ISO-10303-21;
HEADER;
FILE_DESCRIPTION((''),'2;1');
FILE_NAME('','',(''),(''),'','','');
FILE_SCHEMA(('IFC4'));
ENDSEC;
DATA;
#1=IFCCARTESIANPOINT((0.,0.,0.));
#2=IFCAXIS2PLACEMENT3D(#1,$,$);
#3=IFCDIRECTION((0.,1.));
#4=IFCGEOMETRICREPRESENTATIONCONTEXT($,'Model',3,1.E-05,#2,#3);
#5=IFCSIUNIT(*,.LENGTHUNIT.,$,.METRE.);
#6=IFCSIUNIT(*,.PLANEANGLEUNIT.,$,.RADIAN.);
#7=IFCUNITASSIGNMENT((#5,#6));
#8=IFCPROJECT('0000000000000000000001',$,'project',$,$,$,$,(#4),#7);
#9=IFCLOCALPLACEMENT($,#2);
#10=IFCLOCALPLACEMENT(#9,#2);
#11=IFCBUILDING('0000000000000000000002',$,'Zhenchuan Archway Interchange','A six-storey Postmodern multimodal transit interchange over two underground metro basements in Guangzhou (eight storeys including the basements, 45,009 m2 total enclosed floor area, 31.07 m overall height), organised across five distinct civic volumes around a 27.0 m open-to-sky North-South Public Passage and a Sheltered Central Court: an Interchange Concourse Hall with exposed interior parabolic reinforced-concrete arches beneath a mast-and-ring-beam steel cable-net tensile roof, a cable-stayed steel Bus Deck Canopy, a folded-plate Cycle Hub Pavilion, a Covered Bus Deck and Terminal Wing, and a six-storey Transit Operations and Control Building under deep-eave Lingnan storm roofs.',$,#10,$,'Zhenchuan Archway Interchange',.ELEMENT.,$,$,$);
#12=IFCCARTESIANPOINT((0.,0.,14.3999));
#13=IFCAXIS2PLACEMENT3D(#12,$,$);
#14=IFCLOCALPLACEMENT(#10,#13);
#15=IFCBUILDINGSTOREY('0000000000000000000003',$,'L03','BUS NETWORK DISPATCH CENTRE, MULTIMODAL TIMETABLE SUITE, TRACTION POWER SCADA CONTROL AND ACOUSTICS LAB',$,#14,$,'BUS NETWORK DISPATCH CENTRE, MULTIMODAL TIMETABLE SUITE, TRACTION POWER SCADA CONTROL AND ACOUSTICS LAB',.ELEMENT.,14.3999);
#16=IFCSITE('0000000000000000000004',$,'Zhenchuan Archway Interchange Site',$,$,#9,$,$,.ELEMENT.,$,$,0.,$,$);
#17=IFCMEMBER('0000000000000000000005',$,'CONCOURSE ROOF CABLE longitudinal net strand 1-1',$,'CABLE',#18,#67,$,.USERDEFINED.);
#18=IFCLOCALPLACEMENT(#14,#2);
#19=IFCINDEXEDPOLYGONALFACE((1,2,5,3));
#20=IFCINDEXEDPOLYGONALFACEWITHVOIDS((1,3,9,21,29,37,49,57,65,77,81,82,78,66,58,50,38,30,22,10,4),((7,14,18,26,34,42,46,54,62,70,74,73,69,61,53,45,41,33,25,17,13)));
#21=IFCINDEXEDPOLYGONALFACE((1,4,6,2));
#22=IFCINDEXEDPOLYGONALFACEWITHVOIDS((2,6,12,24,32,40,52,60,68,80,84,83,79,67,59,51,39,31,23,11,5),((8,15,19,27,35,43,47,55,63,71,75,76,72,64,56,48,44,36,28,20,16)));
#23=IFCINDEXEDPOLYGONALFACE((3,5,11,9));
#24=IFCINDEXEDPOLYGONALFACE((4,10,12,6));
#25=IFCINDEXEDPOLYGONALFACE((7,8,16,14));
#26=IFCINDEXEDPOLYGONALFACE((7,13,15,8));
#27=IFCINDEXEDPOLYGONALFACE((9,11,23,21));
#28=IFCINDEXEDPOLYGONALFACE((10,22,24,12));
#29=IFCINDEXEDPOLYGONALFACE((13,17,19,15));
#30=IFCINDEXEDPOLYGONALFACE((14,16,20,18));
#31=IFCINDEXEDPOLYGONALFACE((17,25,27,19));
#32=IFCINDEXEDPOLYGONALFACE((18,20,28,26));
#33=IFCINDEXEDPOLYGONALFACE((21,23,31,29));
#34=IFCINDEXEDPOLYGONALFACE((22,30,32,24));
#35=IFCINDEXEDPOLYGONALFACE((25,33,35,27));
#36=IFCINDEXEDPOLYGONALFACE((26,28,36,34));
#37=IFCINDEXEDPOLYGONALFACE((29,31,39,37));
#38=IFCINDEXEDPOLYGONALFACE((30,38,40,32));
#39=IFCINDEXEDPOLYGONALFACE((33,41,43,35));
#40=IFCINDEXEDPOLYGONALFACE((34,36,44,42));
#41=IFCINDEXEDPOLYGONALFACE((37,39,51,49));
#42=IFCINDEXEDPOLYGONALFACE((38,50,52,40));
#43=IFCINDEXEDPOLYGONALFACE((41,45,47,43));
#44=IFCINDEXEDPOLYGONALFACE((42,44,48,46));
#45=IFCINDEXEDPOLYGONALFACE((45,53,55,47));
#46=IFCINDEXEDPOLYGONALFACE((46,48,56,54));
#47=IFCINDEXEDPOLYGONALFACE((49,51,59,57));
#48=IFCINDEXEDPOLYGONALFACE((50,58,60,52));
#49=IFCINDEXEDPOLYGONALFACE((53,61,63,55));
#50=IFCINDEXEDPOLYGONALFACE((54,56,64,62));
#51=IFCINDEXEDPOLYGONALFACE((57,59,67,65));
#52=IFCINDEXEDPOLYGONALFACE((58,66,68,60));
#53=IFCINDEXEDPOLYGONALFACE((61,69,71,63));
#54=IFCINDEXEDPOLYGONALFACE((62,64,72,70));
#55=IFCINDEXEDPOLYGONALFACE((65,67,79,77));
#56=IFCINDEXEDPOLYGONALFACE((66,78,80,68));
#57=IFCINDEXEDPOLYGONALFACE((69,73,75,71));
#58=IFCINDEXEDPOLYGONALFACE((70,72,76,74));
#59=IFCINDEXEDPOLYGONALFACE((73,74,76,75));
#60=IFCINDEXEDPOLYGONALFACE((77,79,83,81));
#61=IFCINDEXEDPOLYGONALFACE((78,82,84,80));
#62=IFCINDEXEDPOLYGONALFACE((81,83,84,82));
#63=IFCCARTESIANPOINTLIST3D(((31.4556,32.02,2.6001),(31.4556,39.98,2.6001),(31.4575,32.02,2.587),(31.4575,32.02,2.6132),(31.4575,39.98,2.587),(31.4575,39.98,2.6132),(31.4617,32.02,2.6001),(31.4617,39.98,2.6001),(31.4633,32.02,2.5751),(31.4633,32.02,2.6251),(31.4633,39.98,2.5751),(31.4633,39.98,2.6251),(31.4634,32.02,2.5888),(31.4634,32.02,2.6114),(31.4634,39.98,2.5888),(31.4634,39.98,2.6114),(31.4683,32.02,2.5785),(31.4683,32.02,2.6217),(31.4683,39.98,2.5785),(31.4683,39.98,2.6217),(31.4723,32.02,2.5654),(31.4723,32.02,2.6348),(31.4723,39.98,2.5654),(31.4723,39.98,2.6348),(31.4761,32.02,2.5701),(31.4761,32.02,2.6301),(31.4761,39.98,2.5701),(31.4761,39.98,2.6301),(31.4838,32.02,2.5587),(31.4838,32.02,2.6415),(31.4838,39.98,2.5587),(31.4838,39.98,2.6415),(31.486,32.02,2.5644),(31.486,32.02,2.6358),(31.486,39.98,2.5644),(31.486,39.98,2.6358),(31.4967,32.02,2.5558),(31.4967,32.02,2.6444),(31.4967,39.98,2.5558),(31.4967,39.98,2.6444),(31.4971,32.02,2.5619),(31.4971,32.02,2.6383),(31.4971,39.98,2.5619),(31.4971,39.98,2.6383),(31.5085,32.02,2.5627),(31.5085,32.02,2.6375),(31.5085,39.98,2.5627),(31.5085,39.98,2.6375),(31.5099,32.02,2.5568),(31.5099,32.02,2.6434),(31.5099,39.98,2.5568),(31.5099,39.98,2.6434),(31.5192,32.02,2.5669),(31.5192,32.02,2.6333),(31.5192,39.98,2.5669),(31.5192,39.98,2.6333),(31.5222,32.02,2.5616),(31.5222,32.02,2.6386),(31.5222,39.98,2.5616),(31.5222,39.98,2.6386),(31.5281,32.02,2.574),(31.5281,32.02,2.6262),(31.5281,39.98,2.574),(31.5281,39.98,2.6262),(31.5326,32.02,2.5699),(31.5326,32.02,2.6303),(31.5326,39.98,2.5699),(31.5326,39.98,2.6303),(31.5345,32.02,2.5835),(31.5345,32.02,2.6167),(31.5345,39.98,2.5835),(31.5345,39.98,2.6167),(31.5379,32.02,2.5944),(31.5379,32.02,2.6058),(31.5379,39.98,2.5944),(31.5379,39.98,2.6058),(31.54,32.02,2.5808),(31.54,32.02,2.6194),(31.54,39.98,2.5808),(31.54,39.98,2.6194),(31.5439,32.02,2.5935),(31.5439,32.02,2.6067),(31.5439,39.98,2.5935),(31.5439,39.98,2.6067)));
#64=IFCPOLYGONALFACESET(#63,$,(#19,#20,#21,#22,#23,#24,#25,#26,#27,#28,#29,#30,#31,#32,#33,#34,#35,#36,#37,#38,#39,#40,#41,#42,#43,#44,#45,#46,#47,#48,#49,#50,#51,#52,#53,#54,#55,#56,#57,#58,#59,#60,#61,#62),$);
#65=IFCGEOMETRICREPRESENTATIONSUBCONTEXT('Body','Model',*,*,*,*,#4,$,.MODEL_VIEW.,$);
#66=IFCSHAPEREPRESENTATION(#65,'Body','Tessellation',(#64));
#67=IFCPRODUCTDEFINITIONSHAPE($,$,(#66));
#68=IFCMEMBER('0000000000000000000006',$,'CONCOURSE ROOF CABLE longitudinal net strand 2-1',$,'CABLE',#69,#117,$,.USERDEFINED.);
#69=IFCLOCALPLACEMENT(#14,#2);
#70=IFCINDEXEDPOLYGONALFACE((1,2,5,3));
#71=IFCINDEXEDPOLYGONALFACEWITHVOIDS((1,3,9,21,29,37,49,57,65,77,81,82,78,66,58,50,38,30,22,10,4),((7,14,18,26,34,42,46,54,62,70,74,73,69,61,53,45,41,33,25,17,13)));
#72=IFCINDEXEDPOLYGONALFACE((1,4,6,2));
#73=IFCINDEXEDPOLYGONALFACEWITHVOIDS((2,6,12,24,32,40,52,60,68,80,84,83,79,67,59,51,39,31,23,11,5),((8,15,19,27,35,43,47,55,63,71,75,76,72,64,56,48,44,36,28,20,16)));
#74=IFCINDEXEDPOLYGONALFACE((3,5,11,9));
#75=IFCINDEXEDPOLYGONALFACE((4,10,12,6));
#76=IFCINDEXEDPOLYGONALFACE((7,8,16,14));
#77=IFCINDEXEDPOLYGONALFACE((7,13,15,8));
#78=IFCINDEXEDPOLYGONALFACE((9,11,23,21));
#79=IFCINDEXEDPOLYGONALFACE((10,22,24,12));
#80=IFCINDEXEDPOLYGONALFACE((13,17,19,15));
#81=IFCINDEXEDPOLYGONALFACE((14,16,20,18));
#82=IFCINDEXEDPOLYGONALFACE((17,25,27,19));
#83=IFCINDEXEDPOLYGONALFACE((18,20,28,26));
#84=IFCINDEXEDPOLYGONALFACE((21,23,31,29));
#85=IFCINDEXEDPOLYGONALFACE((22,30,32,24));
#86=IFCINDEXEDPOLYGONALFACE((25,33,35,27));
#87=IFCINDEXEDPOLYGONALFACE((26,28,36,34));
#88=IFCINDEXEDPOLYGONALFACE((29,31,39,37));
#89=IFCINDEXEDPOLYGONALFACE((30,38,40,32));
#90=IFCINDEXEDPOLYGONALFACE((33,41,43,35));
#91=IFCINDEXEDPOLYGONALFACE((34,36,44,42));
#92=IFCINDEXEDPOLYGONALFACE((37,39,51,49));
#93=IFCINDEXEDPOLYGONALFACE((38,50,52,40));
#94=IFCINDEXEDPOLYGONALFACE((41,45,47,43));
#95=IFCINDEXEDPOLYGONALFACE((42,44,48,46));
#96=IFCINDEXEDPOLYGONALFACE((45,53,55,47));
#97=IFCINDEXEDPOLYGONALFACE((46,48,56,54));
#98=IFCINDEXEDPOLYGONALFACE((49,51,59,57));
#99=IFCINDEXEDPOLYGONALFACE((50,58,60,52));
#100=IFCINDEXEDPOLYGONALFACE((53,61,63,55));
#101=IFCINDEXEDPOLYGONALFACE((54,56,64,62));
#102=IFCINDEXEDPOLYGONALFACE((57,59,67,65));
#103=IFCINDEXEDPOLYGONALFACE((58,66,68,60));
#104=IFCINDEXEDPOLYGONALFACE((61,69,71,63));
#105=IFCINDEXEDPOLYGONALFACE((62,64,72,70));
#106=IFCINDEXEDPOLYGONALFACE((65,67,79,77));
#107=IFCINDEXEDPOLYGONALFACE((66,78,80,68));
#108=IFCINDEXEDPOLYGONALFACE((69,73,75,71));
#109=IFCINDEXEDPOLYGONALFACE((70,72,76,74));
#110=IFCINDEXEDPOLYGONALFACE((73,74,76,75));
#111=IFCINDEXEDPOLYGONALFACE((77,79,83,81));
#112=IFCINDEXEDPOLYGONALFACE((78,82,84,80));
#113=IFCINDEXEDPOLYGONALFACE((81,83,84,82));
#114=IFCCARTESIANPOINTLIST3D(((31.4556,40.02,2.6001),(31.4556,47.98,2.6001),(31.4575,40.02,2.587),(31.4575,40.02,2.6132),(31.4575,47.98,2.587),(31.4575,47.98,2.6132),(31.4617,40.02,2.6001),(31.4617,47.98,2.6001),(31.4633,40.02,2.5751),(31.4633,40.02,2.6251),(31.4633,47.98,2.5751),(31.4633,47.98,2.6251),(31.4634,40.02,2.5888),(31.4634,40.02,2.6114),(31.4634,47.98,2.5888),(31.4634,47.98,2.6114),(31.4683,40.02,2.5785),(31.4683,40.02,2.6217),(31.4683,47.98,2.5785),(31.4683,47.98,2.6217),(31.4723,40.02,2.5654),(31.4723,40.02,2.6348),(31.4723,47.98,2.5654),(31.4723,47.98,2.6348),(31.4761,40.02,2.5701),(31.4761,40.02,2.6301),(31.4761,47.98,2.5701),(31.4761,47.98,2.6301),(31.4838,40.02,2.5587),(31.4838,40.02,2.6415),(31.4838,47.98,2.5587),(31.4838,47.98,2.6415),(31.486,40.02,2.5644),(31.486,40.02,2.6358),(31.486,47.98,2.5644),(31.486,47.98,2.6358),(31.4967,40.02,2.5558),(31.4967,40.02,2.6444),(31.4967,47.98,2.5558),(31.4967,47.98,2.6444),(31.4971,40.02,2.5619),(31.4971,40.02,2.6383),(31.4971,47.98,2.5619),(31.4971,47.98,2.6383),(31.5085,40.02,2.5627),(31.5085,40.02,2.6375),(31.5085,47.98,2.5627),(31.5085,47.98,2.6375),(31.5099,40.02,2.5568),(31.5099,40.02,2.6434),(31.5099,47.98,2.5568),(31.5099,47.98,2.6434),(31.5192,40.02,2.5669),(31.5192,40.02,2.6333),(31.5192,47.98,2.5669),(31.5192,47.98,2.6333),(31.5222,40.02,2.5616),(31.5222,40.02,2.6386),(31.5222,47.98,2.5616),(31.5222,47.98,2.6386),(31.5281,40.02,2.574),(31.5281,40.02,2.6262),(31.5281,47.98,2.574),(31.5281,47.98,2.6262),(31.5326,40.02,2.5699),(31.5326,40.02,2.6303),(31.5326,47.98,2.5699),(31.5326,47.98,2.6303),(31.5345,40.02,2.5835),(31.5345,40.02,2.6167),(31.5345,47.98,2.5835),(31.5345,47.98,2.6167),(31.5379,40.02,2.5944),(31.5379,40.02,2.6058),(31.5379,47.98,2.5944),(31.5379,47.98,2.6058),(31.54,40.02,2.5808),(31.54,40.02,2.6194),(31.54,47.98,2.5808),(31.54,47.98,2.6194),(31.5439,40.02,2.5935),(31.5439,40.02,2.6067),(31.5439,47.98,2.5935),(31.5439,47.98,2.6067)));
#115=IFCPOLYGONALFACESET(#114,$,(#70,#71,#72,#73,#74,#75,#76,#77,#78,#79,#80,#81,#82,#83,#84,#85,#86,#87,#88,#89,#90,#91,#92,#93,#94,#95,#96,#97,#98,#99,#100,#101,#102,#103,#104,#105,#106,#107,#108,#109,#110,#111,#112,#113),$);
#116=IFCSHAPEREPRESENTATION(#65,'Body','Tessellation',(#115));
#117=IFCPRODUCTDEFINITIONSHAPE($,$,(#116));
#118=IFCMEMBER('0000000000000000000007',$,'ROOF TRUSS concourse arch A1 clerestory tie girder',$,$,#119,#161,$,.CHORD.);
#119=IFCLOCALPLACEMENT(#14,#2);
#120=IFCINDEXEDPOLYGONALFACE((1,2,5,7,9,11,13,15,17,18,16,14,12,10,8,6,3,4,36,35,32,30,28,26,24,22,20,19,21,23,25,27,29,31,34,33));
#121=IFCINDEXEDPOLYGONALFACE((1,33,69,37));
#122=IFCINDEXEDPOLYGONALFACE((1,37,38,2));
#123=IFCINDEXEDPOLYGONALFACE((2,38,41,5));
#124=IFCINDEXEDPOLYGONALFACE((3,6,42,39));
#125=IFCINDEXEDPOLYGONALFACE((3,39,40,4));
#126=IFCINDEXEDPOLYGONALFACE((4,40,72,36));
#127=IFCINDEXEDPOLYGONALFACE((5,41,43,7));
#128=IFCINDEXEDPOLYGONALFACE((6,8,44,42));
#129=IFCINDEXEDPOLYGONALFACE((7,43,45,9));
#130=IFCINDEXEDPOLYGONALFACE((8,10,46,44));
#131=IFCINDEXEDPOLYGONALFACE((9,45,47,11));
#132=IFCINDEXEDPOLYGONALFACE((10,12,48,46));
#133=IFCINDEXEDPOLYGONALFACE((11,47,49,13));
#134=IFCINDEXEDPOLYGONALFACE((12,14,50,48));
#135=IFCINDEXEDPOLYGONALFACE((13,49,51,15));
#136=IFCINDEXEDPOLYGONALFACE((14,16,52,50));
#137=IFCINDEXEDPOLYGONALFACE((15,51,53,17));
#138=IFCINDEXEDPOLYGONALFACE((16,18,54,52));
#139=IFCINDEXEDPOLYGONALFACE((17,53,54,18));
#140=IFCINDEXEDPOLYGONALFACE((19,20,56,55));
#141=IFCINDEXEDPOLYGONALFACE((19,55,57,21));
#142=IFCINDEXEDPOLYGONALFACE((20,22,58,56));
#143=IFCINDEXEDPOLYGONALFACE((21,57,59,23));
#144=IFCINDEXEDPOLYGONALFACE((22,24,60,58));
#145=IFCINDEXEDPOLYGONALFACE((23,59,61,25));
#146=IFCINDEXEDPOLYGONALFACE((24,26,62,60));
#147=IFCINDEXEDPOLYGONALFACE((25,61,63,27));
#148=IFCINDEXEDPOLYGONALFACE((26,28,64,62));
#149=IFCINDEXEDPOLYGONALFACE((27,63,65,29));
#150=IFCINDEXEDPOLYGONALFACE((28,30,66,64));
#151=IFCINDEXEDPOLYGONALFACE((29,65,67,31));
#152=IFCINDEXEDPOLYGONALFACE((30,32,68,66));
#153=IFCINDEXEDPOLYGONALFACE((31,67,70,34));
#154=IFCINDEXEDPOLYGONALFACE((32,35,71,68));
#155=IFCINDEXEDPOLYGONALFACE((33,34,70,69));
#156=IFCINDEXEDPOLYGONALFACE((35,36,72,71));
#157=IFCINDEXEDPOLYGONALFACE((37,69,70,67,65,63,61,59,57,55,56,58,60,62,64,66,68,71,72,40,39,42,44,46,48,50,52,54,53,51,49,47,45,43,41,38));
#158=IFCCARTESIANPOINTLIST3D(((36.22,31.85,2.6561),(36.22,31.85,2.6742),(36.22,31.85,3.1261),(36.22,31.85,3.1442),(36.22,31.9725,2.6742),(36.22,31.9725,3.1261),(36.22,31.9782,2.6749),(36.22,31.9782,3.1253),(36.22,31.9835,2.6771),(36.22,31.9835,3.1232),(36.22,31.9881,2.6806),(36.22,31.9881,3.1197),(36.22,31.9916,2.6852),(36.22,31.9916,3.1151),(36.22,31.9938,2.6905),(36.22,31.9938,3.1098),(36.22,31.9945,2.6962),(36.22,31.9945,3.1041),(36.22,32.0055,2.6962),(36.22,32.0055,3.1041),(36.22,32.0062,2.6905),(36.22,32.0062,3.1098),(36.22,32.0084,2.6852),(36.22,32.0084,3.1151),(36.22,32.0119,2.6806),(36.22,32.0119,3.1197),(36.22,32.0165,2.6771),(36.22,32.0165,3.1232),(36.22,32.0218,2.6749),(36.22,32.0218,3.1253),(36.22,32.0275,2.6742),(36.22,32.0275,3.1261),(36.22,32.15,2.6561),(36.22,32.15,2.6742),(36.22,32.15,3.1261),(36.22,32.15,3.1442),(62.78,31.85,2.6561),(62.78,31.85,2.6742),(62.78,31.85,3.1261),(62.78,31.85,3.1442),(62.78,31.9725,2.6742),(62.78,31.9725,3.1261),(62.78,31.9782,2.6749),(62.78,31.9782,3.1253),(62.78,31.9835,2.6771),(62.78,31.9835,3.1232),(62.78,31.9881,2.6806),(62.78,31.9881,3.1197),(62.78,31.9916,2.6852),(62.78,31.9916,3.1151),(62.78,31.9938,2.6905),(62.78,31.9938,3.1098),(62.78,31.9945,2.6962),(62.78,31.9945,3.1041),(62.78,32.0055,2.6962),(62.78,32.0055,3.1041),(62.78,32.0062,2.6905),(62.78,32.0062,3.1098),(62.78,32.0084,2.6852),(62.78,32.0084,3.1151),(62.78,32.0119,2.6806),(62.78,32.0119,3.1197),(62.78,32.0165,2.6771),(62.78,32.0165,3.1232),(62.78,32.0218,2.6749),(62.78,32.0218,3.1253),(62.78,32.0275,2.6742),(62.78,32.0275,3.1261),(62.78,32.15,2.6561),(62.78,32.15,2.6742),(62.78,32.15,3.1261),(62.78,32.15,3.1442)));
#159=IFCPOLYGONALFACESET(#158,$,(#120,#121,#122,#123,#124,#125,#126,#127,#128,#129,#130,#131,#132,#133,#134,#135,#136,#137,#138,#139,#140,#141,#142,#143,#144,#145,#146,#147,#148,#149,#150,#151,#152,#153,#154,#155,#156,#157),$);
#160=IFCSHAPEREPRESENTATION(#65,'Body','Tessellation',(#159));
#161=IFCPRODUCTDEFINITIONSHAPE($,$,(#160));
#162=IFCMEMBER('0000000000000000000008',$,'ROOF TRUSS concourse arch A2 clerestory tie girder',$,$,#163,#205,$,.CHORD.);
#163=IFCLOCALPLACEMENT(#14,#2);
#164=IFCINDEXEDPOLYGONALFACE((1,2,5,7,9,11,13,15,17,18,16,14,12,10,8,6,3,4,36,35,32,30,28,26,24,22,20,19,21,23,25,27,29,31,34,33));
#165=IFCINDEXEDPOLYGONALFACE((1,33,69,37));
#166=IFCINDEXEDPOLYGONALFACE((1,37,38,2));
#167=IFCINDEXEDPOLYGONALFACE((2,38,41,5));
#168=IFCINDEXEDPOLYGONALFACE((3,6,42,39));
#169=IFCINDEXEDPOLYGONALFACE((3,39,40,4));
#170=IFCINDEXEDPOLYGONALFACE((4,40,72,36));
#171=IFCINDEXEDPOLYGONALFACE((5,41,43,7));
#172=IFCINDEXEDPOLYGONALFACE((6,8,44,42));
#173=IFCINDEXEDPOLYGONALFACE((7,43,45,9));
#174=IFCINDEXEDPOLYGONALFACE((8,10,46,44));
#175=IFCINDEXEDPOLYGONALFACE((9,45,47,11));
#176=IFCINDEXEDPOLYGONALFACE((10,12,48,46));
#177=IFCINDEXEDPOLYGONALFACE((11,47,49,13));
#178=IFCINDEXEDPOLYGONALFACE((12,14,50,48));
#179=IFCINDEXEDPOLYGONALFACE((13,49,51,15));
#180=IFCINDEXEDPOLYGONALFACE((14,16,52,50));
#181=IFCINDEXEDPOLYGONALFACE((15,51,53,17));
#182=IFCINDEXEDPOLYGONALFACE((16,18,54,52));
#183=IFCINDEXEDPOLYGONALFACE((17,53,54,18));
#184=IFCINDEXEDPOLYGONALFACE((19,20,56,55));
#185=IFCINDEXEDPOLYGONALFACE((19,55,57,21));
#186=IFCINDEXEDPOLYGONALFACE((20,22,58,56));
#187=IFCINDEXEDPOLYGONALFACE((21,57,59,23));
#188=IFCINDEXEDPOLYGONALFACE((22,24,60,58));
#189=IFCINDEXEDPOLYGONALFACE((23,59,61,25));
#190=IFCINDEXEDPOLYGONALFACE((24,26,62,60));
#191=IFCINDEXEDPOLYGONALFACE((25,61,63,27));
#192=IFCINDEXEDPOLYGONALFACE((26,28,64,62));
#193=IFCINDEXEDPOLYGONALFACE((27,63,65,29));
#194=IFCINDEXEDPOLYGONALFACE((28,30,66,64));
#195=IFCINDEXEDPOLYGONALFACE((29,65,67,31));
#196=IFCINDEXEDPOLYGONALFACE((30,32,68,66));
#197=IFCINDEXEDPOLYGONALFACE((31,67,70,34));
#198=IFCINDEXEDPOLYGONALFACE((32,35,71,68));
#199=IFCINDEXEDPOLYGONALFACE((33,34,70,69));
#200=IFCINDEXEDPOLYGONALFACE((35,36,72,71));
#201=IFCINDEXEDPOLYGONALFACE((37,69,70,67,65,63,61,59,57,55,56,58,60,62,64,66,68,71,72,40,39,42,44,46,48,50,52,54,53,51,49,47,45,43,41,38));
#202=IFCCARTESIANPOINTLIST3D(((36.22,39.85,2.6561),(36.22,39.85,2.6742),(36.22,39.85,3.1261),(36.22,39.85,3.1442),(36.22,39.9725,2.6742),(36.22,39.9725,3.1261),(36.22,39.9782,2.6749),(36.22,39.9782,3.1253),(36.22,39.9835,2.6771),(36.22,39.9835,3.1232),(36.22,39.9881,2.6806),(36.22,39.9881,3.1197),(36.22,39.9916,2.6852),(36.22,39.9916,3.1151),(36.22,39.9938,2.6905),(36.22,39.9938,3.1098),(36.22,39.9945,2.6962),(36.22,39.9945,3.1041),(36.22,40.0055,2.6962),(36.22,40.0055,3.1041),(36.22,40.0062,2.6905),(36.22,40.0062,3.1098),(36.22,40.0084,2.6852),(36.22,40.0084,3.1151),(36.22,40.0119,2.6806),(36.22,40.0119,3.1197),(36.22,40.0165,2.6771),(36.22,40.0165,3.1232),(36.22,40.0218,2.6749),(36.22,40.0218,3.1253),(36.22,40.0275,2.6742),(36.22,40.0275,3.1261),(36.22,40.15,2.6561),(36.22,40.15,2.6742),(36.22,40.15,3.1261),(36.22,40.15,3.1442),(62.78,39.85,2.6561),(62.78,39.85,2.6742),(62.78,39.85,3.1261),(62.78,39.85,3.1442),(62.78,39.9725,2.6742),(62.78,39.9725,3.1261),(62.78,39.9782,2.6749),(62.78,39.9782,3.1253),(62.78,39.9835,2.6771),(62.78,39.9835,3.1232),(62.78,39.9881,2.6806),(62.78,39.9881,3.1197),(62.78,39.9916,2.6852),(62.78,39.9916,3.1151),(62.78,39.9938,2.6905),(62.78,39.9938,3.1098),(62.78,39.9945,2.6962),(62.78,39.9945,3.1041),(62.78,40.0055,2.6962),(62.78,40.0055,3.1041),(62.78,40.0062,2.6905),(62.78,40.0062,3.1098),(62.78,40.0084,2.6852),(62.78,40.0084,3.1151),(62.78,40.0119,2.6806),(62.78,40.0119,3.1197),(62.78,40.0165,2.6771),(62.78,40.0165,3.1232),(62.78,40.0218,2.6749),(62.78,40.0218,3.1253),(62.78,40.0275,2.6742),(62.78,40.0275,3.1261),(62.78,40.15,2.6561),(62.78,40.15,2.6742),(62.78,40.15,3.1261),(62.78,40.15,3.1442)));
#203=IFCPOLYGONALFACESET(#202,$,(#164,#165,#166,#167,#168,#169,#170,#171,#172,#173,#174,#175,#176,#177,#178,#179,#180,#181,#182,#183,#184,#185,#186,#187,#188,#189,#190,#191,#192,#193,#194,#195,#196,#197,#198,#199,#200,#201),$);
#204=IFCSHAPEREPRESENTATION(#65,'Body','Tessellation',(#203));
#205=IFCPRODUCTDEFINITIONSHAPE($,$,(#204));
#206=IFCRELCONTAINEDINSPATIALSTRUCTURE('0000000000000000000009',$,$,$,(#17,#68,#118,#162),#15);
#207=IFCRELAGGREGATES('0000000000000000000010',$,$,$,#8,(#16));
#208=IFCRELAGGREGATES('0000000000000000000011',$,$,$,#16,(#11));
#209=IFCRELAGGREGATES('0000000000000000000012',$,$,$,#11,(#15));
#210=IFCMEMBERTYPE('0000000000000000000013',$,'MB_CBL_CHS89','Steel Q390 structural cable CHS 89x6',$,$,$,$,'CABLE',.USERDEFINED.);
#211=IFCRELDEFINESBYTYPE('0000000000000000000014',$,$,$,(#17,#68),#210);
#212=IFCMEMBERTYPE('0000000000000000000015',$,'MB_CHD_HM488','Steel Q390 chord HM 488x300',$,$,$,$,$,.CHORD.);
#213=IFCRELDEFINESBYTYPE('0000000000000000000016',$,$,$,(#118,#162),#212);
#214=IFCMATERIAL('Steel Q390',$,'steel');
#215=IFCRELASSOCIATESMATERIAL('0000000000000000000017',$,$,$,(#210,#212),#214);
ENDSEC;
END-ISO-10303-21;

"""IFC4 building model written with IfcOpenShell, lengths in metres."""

from ifc_helpers import new_model, si_unit, direction, frame, origin, origin_2d, place, context, subcontext, project, spatial, hollow_circle, i_section, extrude, material, material_profile, profile_set, type_object, element, save


model = new_model("IFC4")

# Units and contexts
model_context = context("Model", 3, precision=1e-05, world=origin(), true_north=direction((0.0, 1.0)))
body_context = subcontext(model_context, "Body", "Model", "MODEL_VIEW")
ifc_project = project(units=[si_unit("LENGTHUNIT", "METRE"), si_unit("PLANEANGLEUNIT", "RADIAN")], contexts=[model_context])

# Site, building, storey
site_placement = place(None, origin())
site = spatial("IfcSite", under=ifc_project, at=site_placement, Name="Zhenchuan Archway Interchange Site", CompositionType="ELEMENT", RefElevation=0.0)
building_placement = place(site_placement, origin())
building = spatial("IfcBuilding", under=site, at=building_placement, Name="Zhenchuan Archway Interchange", Description="A six-storey Postmodern multimodal transit interchange over two underground metro basements in Guangzhou (eight storeys including the basements, 45,009 m2 total enclosed floor area, 31.07 m overall height), organised across five distinct civic volumes around a 27.0 m open-to-sky North-South Public Passage and a Sheltered Central Court: an Interchange Concourse Hall with exposed interior parabolic reinforced-concrete arches beneath a mast-and-ring-beam steel cable-net tensile roof, a cable-stayed steel Bus Deck Canopy, a folded-plate Cycle Hub Pavilion, a Covered Bus Deck and Terminal Wing, and a six-storey Transit Operations and Control Building under deep-eave Lingnan storm roofs.", LongName="Zhenchuan Archway Interchange", CompositionType="ELEMENT")
storey_placement = place(building_placement, frame((0.0, 0.0, 14.3999)))
storey = spatial("IfcBuildingStorey", under=building, at=storey_placement, Name="L03", Description="BUS NETWORK DISPATCH CENTRE, MULTIMODAL TIMETABLE SUITE, TRACTION POWER SCADA CONTROL AND ACOUSTICS LAB", LongName="BUS NETWORK DISPATCH CENTRE, MULTIMODAL TIMETABLE SUITE, TRACTION POWER SCADA CONTROL AND ACOUSTICS LAB", CompositionType="ELEMENT", Elevation=14.3999)

# Shared definitions
ifc_material_1 = material(Name="Steel Q390", Category="steel")

# Members
ifc_material_profile_1 = material_profile(ifc_material_1, hollow_circle(Radius=0.0444, WallThickness=0.0061, at=origin_2d()), Name="CHS 89x6")
ifc_profile_set_1 = profile_set([ifc_material_profile_1], Name="Steel Q390")
member_type_1 = type_object("IfcMemberType", Name="MB_CBL_CHS89", Description="Steel Q390 structural cable CHS 89x6", ElementType="CABLE", PredefinedType="USERDEFINED", material=ifc_profile_set_1)
for number, where, z_axis, x_axis, name in (
    (1, (31.5, 32.02, 2.6001), (0.0, 1.0, 0.0), (-1.0, 0.0, 0.0), "CONCOURSE ROOF CABLE longitudinal net strand 1-1"),
    (2, (31.5, 40.02, 2.6001), (0.0, 1.0, 0.0), (-1.0, 0.0, 0.0), "CONCOURSE ROOF CABLE longitudinal net strand 2-1"),
):
    element("IfcMember", number, at=place(storey_placement, frame(where, z_axis=z_axis, x_axis=x_axis)), inside=storey, type_object=member_type_1, Name=name, ObjectType="CABLE", PredefinedType="USERDEFINED", context=body_context, shape_type="SweptSolid", body=[
        extrude(hollow_circle(Radius=0.0444, WallThickness=0.0061, at=origin_2d()), origin(), (0.0, 0.0, 1.0), 7.96),
    ])
ifc_material_profile_2 = material_profile(ifc_material_1, i_section(OverallWidth=0.3, OverallDepth=0.488, WebThickness=0.011, FlangeThickness=0.0181, FilletRadius=0.022, at=origin_2d()), Name="HM 488x300")
ifc_profile_set_2 = profile_set([ifc_material_profile_2], Name="Steel Q390")
member_type_2 = type_object("IfcMemberType", Name="MB_CHD_HM488", Description="Steel Q390 chord HM 488x300", PredefinedType="CHORD", material=ifc_profile_set_2)
for number, where, z_axis, x_axis, name in (
    (3, (36.22, 32.0, 2.9001), (1.0, 0.0, 0.0), (0.0, 1.0, 0.0), "ROOF TRUSS concourse arch A1 clerestory tie girder"),
    (4, (36.22, 40.0, 2.9001), (1.0, 0.0, 0.0), (0.0, 1.0, 0.0), "ROOF TRUSS concourse arch A2 clerestory tie girder"),
):
    element("IfcMember", number, at=place(storey_placement, frame(where, z_axis=z_axis, x_axis=x_axis)), inside=storey, type_object=member_type_2, Name=name, PredefinedType="CHORD", context=body_context, shape_type="SweptSolid", body=[
        extrude(i_section(OverallWidth=0.3, OverallDepth=0.488, WebThickness=0.011, FlangeThickness=0.0181, FilletRadius=0.022, at=origin_2d()), origin(), (0.0, 0.0, 1.0), 26.5601),
    ])

save(model, "model.ifc")
